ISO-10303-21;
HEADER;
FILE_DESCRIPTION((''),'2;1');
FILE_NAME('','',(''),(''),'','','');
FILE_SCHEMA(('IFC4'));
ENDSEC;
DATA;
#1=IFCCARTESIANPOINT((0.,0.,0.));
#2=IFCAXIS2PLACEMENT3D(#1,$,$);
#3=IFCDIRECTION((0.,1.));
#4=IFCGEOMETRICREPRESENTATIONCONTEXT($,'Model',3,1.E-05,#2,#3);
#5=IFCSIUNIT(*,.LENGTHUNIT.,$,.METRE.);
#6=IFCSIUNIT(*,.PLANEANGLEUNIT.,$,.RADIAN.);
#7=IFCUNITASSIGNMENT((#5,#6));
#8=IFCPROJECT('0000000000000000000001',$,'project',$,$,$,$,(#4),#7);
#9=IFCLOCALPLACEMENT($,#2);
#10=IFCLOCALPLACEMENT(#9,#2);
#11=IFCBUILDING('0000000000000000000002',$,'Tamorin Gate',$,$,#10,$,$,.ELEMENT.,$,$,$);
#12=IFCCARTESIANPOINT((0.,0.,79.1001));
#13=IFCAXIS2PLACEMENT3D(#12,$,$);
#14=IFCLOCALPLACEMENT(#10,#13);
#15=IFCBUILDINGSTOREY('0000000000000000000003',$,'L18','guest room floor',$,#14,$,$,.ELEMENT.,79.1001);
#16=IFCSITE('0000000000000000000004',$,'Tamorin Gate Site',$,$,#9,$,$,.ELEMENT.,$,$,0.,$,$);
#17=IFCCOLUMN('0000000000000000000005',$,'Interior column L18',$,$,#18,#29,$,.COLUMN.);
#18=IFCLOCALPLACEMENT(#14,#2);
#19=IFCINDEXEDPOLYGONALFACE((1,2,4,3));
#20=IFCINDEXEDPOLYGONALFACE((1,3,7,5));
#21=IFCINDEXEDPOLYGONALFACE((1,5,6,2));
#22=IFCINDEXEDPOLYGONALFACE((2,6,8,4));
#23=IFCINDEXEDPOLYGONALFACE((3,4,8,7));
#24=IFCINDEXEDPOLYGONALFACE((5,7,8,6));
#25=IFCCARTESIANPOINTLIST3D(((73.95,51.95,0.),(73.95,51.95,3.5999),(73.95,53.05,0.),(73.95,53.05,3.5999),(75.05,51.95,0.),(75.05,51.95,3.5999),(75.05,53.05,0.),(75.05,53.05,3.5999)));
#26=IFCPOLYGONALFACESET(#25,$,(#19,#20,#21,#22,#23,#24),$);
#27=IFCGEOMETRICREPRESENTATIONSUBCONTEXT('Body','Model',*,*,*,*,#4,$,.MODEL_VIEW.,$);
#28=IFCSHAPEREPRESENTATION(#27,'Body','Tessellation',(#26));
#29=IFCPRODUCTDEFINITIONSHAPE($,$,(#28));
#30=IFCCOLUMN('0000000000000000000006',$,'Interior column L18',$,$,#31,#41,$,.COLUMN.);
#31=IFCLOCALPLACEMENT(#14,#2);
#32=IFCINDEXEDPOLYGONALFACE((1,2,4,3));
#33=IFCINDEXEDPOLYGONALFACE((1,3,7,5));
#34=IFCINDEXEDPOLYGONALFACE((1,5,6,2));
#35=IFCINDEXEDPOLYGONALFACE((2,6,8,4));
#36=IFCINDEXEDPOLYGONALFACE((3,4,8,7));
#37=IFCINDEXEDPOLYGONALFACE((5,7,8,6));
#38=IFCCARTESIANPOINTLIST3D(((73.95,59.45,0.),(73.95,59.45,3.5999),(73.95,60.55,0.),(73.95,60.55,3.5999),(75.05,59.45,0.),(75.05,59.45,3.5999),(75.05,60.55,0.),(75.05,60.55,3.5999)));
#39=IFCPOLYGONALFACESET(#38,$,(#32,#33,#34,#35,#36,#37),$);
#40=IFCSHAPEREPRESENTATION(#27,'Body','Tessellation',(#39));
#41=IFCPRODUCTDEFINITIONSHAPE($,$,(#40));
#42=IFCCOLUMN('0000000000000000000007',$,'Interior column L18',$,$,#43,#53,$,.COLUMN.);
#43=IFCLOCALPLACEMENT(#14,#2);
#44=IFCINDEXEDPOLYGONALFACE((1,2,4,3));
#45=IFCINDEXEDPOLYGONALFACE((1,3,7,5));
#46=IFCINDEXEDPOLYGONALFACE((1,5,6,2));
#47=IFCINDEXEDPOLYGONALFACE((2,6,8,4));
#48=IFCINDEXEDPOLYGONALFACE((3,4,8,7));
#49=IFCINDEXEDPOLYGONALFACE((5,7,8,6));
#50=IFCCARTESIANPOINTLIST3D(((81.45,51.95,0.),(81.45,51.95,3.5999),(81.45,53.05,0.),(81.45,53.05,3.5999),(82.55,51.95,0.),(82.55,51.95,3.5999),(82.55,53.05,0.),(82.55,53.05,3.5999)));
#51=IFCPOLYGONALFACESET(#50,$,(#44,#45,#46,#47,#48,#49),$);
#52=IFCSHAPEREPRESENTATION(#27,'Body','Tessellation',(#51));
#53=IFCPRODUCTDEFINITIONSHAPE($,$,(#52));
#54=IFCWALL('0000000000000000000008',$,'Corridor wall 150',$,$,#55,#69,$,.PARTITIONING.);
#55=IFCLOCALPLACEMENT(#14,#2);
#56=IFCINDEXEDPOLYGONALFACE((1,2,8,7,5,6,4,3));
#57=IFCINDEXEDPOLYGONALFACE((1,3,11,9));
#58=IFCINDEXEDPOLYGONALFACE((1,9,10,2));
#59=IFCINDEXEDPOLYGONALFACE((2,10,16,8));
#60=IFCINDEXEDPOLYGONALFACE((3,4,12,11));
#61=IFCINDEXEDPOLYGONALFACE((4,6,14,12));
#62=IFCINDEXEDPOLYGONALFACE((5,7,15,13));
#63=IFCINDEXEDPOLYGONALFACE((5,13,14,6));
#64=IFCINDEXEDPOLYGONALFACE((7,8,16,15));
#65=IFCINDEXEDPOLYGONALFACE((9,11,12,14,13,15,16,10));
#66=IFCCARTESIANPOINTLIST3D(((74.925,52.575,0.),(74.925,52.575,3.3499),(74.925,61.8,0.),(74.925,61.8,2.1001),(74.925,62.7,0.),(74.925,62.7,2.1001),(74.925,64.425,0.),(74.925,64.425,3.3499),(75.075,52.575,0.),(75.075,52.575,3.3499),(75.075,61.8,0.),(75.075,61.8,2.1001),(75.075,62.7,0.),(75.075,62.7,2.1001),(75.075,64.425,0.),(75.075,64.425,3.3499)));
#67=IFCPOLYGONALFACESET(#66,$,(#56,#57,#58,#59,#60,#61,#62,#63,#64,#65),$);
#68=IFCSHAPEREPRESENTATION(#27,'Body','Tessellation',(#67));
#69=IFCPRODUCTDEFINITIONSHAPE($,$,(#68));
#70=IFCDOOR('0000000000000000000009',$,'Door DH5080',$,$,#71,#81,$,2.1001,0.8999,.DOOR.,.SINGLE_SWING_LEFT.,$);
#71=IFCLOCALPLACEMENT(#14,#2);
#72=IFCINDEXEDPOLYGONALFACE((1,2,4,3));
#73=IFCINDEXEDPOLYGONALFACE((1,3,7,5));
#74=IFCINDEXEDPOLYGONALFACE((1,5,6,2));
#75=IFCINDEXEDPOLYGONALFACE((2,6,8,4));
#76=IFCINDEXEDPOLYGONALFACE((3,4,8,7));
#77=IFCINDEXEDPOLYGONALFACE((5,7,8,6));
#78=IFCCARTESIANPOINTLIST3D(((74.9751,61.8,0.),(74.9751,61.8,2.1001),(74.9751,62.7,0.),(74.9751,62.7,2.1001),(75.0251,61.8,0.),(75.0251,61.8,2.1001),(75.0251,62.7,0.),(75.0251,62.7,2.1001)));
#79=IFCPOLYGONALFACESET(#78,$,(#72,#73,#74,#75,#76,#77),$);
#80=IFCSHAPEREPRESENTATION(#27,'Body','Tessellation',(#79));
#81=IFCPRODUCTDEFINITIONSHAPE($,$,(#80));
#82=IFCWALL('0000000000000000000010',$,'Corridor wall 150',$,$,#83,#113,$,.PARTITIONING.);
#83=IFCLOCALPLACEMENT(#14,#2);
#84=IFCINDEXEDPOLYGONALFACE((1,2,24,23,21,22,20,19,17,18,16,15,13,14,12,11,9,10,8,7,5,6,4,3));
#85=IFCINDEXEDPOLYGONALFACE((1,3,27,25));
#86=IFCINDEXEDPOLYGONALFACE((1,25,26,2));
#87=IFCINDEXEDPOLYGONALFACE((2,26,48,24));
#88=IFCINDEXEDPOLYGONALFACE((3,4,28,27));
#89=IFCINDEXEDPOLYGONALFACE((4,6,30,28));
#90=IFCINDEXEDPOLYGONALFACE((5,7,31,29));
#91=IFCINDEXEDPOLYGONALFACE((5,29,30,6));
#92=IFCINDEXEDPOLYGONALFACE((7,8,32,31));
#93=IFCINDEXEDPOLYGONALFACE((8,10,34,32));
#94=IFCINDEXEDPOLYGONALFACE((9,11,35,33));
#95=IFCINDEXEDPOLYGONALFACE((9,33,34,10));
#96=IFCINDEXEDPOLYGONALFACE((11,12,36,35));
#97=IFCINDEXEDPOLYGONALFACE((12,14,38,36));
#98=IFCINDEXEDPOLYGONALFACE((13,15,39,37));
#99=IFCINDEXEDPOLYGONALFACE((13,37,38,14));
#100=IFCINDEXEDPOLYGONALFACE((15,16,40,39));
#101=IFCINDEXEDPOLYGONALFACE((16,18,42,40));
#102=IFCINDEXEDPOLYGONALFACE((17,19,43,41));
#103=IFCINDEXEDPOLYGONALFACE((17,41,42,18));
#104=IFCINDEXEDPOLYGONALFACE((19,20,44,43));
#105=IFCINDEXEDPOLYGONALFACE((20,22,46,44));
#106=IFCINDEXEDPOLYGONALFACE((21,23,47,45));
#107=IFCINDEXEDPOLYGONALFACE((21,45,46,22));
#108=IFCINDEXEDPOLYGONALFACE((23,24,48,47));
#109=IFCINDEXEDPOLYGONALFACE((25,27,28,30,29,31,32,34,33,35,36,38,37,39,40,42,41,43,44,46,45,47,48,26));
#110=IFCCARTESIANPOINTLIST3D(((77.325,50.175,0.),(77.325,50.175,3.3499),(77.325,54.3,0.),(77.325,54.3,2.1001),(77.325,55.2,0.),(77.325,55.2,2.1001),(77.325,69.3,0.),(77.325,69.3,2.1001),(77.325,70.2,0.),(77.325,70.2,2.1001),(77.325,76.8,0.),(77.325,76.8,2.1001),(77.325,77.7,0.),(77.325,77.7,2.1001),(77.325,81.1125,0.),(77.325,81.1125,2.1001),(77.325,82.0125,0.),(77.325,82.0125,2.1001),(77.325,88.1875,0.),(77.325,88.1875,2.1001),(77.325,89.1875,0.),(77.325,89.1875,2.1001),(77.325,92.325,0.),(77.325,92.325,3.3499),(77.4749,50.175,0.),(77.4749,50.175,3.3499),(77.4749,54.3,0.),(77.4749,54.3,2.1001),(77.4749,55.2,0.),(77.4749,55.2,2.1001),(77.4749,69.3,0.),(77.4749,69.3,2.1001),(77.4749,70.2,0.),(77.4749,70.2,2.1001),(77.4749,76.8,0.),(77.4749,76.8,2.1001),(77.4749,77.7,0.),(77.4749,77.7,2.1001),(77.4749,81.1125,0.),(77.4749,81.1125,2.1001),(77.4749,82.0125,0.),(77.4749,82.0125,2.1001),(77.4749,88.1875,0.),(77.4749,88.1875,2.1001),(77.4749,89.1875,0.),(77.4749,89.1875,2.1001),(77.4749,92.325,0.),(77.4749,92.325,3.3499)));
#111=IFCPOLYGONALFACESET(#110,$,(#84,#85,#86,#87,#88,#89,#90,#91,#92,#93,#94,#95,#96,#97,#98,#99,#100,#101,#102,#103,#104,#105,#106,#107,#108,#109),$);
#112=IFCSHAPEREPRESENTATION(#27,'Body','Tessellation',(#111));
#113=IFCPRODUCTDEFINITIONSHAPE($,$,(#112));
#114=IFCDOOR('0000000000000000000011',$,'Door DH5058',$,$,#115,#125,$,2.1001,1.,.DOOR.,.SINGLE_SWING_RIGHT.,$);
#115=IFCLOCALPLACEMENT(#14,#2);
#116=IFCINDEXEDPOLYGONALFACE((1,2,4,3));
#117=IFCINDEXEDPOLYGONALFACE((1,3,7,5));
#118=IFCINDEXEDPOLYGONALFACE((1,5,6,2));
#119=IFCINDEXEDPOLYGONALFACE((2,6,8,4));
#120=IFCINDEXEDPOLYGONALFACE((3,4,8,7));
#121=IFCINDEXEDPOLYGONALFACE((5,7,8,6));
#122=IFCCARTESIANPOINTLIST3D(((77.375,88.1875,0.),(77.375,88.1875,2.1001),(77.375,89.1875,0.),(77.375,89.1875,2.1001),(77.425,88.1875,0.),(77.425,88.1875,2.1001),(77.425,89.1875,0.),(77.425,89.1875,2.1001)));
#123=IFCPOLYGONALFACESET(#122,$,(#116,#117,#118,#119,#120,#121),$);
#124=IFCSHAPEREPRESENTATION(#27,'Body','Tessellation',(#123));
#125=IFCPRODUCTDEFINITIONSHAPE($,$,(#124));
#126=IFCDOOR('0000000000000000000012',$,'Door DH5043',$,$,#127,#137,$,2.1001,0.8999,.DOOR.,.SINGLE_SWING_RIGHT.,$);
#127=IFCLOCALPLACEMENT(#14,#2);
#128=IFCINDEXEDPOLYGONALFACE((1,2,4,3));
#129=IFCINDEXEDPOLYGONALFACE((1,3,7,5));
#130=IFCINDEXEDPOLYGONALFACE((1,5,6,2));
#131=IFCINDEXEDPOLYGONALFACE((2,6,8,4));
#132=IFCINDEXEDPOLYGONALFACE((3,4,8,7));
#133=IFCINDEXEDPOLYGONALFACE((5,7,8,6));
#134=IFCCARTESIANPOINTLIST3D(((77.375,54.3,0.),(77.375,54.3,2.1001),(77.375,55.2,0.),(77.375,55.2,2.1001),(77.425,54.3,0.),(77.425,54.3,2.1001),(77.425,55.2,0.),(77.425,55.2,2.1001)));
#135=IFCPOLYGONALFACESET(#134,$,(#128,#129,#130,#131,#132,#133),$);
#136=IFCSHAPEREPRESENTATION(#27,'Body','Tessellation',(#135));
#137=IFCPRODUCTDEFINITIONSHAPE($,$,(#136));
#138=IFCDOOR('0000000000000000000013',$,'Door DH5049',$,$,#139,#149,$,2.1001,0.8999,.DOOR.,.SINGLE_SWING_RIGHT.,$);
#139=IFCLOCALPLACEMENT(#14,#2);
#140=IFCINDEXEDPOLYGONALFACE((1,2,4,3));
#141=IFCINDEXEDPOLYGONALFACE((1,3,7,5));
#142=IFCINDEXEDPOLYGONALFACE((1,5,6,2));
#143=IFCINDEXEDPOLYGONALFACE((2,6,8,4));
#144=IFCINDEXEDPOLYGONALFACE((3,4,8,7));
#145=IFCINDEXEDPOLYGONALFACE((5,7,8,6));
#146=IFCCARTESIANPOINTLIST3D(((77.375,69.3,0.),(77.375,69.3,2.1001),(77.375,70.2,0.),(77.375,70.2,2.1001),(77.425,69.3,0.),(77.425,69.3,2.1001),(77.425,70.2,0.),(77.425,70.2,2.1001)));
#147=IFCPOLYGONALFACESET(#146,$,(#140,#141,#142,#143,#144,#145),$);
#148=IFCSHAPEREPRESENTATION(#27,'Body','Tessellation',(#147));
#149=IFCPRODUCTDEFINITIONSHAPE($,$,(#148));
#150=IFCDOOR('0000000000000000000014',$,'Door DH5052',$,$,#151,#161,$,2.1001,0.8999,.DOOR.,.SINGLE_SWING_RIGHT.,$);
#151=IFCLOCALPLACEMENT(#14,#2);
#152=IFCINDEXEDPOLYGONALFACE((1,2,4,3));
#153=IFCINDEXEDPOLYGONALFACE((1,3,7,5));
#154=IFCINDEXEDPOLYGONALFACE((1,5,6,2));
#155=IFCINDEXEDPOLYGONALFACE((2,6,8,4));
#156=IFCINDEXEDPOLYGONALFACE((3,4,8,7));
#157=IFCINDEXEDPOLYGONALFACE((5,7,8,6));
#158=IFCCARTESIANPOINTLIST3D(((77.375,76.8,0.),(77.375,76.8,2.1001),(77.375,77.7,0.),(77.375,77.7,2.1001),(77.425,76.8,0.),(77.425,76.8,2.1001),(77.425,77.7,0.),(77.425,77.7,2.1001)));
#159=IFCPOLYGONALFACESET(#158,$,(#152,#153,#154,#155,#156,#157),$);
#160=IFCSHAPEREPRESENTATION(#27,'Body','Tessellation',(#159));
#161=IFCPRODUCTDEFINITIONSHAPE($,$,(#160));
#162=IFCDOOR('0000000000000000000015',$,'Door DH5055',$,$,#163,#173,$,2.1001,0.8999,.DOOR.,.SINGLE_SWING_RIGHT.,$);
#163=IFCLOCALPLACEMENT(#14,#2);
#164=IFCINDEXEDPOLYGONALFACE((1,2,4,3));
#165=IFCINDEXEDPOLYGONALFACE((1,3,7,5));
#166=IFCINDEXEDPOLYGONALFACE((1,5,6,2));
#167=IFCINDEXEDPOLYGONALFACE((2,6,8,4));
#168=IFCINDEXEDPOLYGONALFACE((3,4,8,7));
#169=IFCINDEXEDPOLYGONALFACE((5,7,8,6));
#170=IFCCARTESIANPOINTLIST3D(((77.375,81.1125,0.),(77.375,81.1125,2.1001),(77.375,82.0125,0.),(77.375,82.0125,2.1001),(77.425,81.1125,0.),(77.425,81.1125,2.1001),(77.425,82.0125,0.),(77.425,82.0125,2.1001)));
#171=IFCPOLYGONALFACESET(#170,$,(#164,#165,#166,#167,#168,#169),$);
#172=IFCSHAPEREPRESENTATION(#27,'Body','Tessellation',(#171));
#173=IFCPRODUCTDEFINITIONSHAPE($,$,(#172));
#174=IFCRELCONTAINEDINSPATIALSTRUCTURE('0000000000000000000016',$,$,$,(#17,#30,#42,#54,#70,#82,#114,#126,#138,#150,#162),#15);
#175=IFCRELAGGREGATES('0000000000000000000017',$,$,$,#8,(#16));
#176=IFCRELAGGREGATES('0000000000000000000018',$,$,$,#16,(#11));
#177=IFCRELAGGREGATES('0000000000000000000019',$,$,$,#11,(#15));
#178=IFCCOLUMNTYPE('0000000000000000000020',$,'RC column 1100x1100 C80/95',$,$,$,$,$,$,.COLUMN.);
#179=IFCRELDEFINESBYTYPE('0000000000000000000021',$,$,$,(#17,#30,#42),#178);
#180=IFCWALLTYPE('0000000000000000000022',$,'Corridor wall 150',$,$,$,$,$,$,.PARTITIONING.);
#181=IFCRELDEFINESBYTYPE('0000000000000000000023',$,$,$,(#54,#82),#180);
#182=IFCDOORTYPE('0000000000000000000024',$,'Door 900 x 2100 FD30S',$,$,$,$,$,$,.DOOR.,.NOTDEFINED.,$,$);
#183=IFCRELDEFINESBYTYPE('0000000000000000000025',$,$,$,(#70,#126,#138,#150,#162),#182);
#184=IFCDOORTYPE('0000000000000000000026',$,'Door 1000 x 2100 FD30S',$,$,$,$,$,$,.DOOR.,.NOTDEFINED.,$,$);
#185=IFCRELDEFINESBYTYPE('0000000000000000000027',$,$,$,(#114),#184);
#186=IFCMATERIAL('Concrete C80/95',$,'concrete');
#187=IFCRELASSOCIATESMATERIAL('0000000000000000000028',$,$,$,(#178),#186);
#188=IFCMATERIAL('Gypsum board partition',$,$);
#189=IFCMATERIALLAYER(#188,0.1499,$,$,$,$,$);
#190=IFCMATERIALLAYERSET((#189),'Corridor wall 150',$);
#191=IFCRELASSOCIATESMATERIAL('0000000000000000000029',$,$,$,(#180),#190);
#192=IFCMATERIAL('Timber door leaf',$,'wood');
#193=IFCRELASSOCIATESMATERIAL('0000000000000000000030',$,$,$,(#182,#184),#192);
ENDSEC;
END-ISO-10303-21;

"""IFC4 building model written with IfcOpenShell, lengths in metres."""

from ifc_helpers import new_model, si_unit, direction, frame, frame_2d, origin, origin_2d, place, context, subcontext, project, spatial, rectangle, extrude, material, layer, layer_set, material_profile, profile_set, type_object, element, fill, save


model = new_model("IFC4")

# Units and contexts
model_context = context("Model", 3, precision=1e-05, world=origin(), true_north=direction((0.0, 1.0)))
body_context = subcontext(model_context, "Body", "Model", "MODEL_VIEW")
ifc_project = project(units=[si_unit("LENGTHUNIT", "METRE"), si_unit("PLANEANGLEUNIT", "RADIAN")], contexts=[model_context])

# Site, building, storey
site_placement = place(None, origin())
site = spatial("IfcSite", under=ifc_project, at=site_placement, Name="Tamorin Gate Site", CompositionType="ELEMENT", RefElevation=0.0)
building_placement = place(site_placement, origin())
building = spatial("IfcBuilding", under=site, at=building_placement, Name="Tamorin Gate", CompositionType="ELEMENT")
storey_placement = place(building_placement, frame((0.0, 0.0, 79.1001)))
storey = spatial("IfcBuildingStorey", under=building, at=storey_placement, Name="L18", Description="guest room floor", CompositionType="ELEMENT", Elevation=79.1001)

# Columns
ifc_material_1 = material(Name="Concrete C80/95", Category="concrete")
ifc_material_profile = material_profile(ifc_material_1, rectangle(XDim=1.1001, YDim=1.1001, at=origin_2d()), Name="RC 1100x1100")
ifc_profile_set = profile_set([ifc_material_profile], Name="Concrete C80/95")
column_type = type_object("IfcColumnType", Name="RC column 1100x1100 C80/95", PredefinedType="COLUMN", material=ifc_profile_set)
for number, where, z_axis, x_axis, name in (
    (1, (74.5, 52.5, 0.0), (0.0, 0.0, 1.0), (1.0, 0.0, 0.0), "Interior column L18"),
    (2, (74.5, 60.0, 0.0), (0.0, 0.0, 1.0), (1.0, 0.0, 0.0), "Interior column L18"),
    (3, (82.0, 52.5, 0.0), (0.0, 0.0, 1.0), (1.0, 0.0, 0.0), "Interior column L18"),
):
    element("IfcColumn", number, at=place(storey_placement, frame(where, z_axis=z_axis, x_axis=x_axis)), inside=storey, type_object=column_type, Name=name, PredefinedType="COLUMN", context=body_context, shape_type="SweptSolid", body=[
        extrude(rectangle(XDim=1.1001, YDim=1.1001, at=origin_2d()), origin(), (0.0, 0.0, 1.0), 3.5999),
    ])

# Wall, opening, door
ifc_material_2 = material(Name="Gypsum board partition")
ifc_layer_1 = layer(ifc_material_2, 0.1499)
ifc_layer_set_1 = layer_set([ifc_layer_1], Name="Corridor wall 150")
wall_type_1 = type_object("IfcWallType", Name="Corridor wall 150", PredefinedType="PARTITIONING", material=ifc_layer_set_1)
wall_1_placement = place(storey_placement, frame((75.0, 52.575, 0.0), z_axis=(0.0, 0.0, 1.0), x_axis=(0.0, 1.0, 0.0)))
wall_1 = element("IfcWall", 4, at=wall_1_placement, inside=storey, type_object=wall_type_1, Name="Corridor wall 150", PredefinedType="PARTITIONING", context=body_context, shape_type="SweptSolid", body=[
    extrude(rectangle(XDim=11.8501, YDim=0.1499, at=frame_2d((5.925, 0.0))), origin(), (0.0, 0.0, 1.0), 3.3499),
])
opening_1_placement = place(wall_1_placement, frame((9.2251, 0.0, 0.0)))
opening_1 = element("IfcOpeningElement", 5, at=opening_1_placement, cuts=wall_1, PredefinedType="OPENING", context=body_context, shape_type="SweptSolid", body=[
    extrude(rectangle(XDim=0.8999, YDim=2.1001, at=frame_2d((0.45, 1.05))), frame((0.0, 0.085, 0.0), z_axis=(0.0, -1.0, 0.0), x_axis=(1.0, 0.0, 0.0)), (0.0, 0.0, 1.0), 0.1699),
])
ifc_material_3 = material(Name="Timber door leaf", Category="wood")
door_type_1 = type_object("IfcDoorType", Name="Door 900 x 2100 FD30S", OperationType="NOTDEFINED", PredefinedType="DOOR", material=ifc_material_3)
door_1_placement = place(opening_1_placement, origin())
door_1 = element("IfcDoor", 6, at=door_1_placement, inside=storey, type_object=door_type_1, Name="Door DH5080", OperationType="SINGLE_SWING_LEFT", OverallHeight=2.1001, OverallWidth=0.8999, PredefinedType="DOOR", context=body_context, shape_type="SweptSolid", body=[
    extrude(rectangle(XDim=0.8999, YDim=2.1001, at=frame_2d((0.45, 1.05))), frame((0.0, 0.0249, 0.0), z_axis=(0.0, -1.0, 0.0), x_axis=(1.0, 0.0, 0.0)), (0.0, 0.0, 1.0), 0.05),
])
fill(opening_1, door_1)

# Wall, openings, doors
wall_2_placement = place(storey_placement, frame((77.3999, 50.175, 0.0), z_axis=(0.0, 0.0, 1.0), x_axis=(0.0, 1.0, 0.0)))
wall_2 = element("IfcWall", 7, at=wall_2_placement, inside=storey, type_object=wall_type_1, Name="Corridor wall 150", PredefinedType="PARTITIONING", context=body_context, shape_type="SweptSolid", body=[
    extrude(rectangle(XDim=42.1499, YDim=0.1499, at=frame_2d((21.075, 0.0))), origin(), (0.0, 0.0, 1.0), 3.3499),
])
opening_2_placement = place(wall_2_placement, frame((4.125, 0.0, 0.0)))
opening_2 = element("IfcOpeningElement", 8, at=opening_2_placement, cuts=wall_2, PredefinedType="OPENING", context=body_context, shape_type="SweptSolid", body=[
    extrude(rectangle(XDim=0.8999, YDim=2.1001, at=frame_2d((0.45, 1.05))), frame((0.0, 0.085, 0.0), z_axis=(0.0, -1.0, 0.0), x_axis=(1.0, 0.0, 0.0)), (0.0, 0.0, 1.0), 0.1699),
])
opening_3_placement = place(wall_2_placement, frame((19.125, 0.0, 0.0)))
opening_3 = element("IfcOpeningElement", 9, at=opening_3_placement, cuts=wall_2, PredefinedType="OPENING", context=body_context, shape_type="SweptSolid", body=[
    extrude(rectangle(XDim=0.8999, YDim=2.1001, at=frame_2d((0.45, 1.05))), frame((0.0, 0.085, 0.0), z_axis=(0.0, -1.0, 0.0), x_axis=(1.0, 0.0, 0.0)), (0.0, 0.0, 1.0), 0.1699),
])
opening_4_placement = place(wall_2_placement, frame((26.625, 0.0, 0.0)))
opening_4 = element("IfcOpeningElement", 10, at=opening_4_placement, cuts=wall_2, PredefinedType="OPENING", context=body_context, shape_type="SweptSolid", body=[
    extrude(rectangle(XDim=0.8999, YDim=2.1001, at=frame_2d((0.45, 1.05))), frame((0.0, 0.085, 0.0), z_axis=(0.0, -1.0, 0.0), x_axis=(1.0, 0.0, 0.0)), (0.0, 0.0, 1.0), 0.1699),
])
opening_5_placement = place(wall_2_placement, frame((30.9375, 0.0, 0.0)))
opening_5 = element("IfcOpeningElement", 11, at=opening_5_placement, cuts=wall_2, PredefinedType="OPENING", context=body_context, shape_type="SweptSolid", body=[
    extrude(rectangle(XDim=0.8999, YDim=2.1001, at=frame_2d((0.45, 1.05))), frame((0.0, 0.085, 0.0), z_axis=(0.0, -1.0, 0.0), x_axis=(1.0, 0.0, 0.0)), (0.0, 0.0, 1.0), 0.1699),
])
opening_6_placement = place(wall_2_placement, frame((38.0125, 0.0, 0.0)))
opening_6 = element("IfcOpeningElement", 12, at=opening_6_placement, cuts=wall_2, PredefinedType="OPENING", context=body_context, shape_type="SweptSolid", body=[
    extrude(rectangle(XDim=1.0, YDim=2.1001, at=frame_2d((0.5, 1.05))), frame((0.0, 0.085, 0.0), z_axis=(0.0, -1.0, 0.0), x_axis=(1.0, 0.0, 0.0)), (0.0, 0.0, 1.0), 0.1699),
])
door_type_2 = type_object("IfcDoorType", Name="Door 1000 x 2100 FD30S", OperationType="NOTDEFINED", PredefinedType="DOOR", material=ifc_material_3)
door_2_placement = place(opening_6_placement, origin())
door_2 = element("IfcDoor", 13, at=door_2_placement, inside=storey, type_object=door_type_2, Name="Door DH5058", OperationType="SINGLE_SWING_RIGHT", OverallHeight=2.1001, OverallWidth=1.0, PredefinedType="DOOR", context=body_context, shape_type="SweptSolid", body=[
    extrude(rectangle(XDim=1.0, YDim=2.1001, at=frame_2d((0.5, 1.05))), frame((0.0, 0.0249, 0.0), z_axis=(0.0, -1.0, 0.0), x_axis=(1.0, 0.0, 0.0)), (0.0, 0.0, 1.0), 0.05),
])
fill(opening_6, door_2)
door_3_placement = place(opening_2_placement, origin())
door_3 = element("IfcDoor", 14, at=door_3_placement, inside=storey, type_object=door_type_1, Name="Door DH5043", OperationType="SINGLE_SWING_RIGHT", OverallHeight=2.1001, OverallWidth=0.8999, PredefinedType="DOOR", context=body_context, shape_type="SweptSolid", body=[
    extrude(rectangle(XDim=0.8999, YDim=2.1001, at=frame_2d((0.45, 1.05))), frame((0.0, 0.0249, 0.0), z_axis=(0.0, -1.0, 0.0), x_axis=(1.0, 0.0, 0.0)), (0.0, 0.0, 1.0), 0.05),
])
fill(opening_2, door_3)
door_4_placement = place(opening_3_placement, origin())
door_4 = element("IfcDoor", 15, at=door_4_placement, inside=storey, type_object=door_type_1, Name="Door DH5049", OperationType="SINGLE_SWING_RIGHT", OverallHeight=2.1001, OverallWidth=0.8999, PredefinedType="DOOR", context=body_context, shape_type="SweptSolid", body=[
    extrude(rectangle(XDim=0.8999, YDim=2.1001, at=frame_2d((0.45, 1.05))), frame((0.0, 0.0249, 0.0), z_axis=(0.0, -1.0, 0.0), x_axis=(1.0, 0.0, 0.0)), (0.0, 0.0, 1.0), 0.05),
])
fill(opening_3, door_4)
door_5_placement = place(opening_4_placement, origin())
door_5 = element("IfcDoor", 16, at=door_5_placement, inside=storey, type_object=door_type_1, Name="Door DH5052", OperationType="SINGLE_SWING_RIGHT", OverallHeight=2.1001, OverallWidth=0.8999, PredefinedType="DOOR", context=body_context, shape_type="SweptSolid", body=[
    extrude(rectangle(XDim=0.8999, YDim=2.1001, at=frame_2d((0.45, 1.05))), frame((0.0, 0.0249, 0.0), z_axis=(0.0, -1.0, 0.0), x_axis=(1.0, 0.0, 0.0)), (0.0, 0.0, 1.0), 0.05),
])
fill(opening_4, door_5)
door_6_placement = place(opening_5_placement, origin())
door_6 = element("IfcDoor", 17, at=door_6_placement, inside=storey, type_object=door_type_1, Name="Door DH5055", OperationType="SINGLE_SWING_RIGHT", OverallHeight=2.1001, OverallWidth=0.8999, PredefinedType="DOOR", context=body_context, shape_type="SweptSolid", body=[
    extrude(rectangle(XDim=0.8999, YDim=2.1001, at=frame_2d((0.45, 1.05))), frame((0.0, 0.0249, 0.0), z_axis=(0.0, -1.0, 0.0), x_axis=(1.0, 0.0, 0.0)), (0.0, 0.0, 1.0), 0.05),
])
fill(opening_5, door_6)

save(model, "model.ifc")
